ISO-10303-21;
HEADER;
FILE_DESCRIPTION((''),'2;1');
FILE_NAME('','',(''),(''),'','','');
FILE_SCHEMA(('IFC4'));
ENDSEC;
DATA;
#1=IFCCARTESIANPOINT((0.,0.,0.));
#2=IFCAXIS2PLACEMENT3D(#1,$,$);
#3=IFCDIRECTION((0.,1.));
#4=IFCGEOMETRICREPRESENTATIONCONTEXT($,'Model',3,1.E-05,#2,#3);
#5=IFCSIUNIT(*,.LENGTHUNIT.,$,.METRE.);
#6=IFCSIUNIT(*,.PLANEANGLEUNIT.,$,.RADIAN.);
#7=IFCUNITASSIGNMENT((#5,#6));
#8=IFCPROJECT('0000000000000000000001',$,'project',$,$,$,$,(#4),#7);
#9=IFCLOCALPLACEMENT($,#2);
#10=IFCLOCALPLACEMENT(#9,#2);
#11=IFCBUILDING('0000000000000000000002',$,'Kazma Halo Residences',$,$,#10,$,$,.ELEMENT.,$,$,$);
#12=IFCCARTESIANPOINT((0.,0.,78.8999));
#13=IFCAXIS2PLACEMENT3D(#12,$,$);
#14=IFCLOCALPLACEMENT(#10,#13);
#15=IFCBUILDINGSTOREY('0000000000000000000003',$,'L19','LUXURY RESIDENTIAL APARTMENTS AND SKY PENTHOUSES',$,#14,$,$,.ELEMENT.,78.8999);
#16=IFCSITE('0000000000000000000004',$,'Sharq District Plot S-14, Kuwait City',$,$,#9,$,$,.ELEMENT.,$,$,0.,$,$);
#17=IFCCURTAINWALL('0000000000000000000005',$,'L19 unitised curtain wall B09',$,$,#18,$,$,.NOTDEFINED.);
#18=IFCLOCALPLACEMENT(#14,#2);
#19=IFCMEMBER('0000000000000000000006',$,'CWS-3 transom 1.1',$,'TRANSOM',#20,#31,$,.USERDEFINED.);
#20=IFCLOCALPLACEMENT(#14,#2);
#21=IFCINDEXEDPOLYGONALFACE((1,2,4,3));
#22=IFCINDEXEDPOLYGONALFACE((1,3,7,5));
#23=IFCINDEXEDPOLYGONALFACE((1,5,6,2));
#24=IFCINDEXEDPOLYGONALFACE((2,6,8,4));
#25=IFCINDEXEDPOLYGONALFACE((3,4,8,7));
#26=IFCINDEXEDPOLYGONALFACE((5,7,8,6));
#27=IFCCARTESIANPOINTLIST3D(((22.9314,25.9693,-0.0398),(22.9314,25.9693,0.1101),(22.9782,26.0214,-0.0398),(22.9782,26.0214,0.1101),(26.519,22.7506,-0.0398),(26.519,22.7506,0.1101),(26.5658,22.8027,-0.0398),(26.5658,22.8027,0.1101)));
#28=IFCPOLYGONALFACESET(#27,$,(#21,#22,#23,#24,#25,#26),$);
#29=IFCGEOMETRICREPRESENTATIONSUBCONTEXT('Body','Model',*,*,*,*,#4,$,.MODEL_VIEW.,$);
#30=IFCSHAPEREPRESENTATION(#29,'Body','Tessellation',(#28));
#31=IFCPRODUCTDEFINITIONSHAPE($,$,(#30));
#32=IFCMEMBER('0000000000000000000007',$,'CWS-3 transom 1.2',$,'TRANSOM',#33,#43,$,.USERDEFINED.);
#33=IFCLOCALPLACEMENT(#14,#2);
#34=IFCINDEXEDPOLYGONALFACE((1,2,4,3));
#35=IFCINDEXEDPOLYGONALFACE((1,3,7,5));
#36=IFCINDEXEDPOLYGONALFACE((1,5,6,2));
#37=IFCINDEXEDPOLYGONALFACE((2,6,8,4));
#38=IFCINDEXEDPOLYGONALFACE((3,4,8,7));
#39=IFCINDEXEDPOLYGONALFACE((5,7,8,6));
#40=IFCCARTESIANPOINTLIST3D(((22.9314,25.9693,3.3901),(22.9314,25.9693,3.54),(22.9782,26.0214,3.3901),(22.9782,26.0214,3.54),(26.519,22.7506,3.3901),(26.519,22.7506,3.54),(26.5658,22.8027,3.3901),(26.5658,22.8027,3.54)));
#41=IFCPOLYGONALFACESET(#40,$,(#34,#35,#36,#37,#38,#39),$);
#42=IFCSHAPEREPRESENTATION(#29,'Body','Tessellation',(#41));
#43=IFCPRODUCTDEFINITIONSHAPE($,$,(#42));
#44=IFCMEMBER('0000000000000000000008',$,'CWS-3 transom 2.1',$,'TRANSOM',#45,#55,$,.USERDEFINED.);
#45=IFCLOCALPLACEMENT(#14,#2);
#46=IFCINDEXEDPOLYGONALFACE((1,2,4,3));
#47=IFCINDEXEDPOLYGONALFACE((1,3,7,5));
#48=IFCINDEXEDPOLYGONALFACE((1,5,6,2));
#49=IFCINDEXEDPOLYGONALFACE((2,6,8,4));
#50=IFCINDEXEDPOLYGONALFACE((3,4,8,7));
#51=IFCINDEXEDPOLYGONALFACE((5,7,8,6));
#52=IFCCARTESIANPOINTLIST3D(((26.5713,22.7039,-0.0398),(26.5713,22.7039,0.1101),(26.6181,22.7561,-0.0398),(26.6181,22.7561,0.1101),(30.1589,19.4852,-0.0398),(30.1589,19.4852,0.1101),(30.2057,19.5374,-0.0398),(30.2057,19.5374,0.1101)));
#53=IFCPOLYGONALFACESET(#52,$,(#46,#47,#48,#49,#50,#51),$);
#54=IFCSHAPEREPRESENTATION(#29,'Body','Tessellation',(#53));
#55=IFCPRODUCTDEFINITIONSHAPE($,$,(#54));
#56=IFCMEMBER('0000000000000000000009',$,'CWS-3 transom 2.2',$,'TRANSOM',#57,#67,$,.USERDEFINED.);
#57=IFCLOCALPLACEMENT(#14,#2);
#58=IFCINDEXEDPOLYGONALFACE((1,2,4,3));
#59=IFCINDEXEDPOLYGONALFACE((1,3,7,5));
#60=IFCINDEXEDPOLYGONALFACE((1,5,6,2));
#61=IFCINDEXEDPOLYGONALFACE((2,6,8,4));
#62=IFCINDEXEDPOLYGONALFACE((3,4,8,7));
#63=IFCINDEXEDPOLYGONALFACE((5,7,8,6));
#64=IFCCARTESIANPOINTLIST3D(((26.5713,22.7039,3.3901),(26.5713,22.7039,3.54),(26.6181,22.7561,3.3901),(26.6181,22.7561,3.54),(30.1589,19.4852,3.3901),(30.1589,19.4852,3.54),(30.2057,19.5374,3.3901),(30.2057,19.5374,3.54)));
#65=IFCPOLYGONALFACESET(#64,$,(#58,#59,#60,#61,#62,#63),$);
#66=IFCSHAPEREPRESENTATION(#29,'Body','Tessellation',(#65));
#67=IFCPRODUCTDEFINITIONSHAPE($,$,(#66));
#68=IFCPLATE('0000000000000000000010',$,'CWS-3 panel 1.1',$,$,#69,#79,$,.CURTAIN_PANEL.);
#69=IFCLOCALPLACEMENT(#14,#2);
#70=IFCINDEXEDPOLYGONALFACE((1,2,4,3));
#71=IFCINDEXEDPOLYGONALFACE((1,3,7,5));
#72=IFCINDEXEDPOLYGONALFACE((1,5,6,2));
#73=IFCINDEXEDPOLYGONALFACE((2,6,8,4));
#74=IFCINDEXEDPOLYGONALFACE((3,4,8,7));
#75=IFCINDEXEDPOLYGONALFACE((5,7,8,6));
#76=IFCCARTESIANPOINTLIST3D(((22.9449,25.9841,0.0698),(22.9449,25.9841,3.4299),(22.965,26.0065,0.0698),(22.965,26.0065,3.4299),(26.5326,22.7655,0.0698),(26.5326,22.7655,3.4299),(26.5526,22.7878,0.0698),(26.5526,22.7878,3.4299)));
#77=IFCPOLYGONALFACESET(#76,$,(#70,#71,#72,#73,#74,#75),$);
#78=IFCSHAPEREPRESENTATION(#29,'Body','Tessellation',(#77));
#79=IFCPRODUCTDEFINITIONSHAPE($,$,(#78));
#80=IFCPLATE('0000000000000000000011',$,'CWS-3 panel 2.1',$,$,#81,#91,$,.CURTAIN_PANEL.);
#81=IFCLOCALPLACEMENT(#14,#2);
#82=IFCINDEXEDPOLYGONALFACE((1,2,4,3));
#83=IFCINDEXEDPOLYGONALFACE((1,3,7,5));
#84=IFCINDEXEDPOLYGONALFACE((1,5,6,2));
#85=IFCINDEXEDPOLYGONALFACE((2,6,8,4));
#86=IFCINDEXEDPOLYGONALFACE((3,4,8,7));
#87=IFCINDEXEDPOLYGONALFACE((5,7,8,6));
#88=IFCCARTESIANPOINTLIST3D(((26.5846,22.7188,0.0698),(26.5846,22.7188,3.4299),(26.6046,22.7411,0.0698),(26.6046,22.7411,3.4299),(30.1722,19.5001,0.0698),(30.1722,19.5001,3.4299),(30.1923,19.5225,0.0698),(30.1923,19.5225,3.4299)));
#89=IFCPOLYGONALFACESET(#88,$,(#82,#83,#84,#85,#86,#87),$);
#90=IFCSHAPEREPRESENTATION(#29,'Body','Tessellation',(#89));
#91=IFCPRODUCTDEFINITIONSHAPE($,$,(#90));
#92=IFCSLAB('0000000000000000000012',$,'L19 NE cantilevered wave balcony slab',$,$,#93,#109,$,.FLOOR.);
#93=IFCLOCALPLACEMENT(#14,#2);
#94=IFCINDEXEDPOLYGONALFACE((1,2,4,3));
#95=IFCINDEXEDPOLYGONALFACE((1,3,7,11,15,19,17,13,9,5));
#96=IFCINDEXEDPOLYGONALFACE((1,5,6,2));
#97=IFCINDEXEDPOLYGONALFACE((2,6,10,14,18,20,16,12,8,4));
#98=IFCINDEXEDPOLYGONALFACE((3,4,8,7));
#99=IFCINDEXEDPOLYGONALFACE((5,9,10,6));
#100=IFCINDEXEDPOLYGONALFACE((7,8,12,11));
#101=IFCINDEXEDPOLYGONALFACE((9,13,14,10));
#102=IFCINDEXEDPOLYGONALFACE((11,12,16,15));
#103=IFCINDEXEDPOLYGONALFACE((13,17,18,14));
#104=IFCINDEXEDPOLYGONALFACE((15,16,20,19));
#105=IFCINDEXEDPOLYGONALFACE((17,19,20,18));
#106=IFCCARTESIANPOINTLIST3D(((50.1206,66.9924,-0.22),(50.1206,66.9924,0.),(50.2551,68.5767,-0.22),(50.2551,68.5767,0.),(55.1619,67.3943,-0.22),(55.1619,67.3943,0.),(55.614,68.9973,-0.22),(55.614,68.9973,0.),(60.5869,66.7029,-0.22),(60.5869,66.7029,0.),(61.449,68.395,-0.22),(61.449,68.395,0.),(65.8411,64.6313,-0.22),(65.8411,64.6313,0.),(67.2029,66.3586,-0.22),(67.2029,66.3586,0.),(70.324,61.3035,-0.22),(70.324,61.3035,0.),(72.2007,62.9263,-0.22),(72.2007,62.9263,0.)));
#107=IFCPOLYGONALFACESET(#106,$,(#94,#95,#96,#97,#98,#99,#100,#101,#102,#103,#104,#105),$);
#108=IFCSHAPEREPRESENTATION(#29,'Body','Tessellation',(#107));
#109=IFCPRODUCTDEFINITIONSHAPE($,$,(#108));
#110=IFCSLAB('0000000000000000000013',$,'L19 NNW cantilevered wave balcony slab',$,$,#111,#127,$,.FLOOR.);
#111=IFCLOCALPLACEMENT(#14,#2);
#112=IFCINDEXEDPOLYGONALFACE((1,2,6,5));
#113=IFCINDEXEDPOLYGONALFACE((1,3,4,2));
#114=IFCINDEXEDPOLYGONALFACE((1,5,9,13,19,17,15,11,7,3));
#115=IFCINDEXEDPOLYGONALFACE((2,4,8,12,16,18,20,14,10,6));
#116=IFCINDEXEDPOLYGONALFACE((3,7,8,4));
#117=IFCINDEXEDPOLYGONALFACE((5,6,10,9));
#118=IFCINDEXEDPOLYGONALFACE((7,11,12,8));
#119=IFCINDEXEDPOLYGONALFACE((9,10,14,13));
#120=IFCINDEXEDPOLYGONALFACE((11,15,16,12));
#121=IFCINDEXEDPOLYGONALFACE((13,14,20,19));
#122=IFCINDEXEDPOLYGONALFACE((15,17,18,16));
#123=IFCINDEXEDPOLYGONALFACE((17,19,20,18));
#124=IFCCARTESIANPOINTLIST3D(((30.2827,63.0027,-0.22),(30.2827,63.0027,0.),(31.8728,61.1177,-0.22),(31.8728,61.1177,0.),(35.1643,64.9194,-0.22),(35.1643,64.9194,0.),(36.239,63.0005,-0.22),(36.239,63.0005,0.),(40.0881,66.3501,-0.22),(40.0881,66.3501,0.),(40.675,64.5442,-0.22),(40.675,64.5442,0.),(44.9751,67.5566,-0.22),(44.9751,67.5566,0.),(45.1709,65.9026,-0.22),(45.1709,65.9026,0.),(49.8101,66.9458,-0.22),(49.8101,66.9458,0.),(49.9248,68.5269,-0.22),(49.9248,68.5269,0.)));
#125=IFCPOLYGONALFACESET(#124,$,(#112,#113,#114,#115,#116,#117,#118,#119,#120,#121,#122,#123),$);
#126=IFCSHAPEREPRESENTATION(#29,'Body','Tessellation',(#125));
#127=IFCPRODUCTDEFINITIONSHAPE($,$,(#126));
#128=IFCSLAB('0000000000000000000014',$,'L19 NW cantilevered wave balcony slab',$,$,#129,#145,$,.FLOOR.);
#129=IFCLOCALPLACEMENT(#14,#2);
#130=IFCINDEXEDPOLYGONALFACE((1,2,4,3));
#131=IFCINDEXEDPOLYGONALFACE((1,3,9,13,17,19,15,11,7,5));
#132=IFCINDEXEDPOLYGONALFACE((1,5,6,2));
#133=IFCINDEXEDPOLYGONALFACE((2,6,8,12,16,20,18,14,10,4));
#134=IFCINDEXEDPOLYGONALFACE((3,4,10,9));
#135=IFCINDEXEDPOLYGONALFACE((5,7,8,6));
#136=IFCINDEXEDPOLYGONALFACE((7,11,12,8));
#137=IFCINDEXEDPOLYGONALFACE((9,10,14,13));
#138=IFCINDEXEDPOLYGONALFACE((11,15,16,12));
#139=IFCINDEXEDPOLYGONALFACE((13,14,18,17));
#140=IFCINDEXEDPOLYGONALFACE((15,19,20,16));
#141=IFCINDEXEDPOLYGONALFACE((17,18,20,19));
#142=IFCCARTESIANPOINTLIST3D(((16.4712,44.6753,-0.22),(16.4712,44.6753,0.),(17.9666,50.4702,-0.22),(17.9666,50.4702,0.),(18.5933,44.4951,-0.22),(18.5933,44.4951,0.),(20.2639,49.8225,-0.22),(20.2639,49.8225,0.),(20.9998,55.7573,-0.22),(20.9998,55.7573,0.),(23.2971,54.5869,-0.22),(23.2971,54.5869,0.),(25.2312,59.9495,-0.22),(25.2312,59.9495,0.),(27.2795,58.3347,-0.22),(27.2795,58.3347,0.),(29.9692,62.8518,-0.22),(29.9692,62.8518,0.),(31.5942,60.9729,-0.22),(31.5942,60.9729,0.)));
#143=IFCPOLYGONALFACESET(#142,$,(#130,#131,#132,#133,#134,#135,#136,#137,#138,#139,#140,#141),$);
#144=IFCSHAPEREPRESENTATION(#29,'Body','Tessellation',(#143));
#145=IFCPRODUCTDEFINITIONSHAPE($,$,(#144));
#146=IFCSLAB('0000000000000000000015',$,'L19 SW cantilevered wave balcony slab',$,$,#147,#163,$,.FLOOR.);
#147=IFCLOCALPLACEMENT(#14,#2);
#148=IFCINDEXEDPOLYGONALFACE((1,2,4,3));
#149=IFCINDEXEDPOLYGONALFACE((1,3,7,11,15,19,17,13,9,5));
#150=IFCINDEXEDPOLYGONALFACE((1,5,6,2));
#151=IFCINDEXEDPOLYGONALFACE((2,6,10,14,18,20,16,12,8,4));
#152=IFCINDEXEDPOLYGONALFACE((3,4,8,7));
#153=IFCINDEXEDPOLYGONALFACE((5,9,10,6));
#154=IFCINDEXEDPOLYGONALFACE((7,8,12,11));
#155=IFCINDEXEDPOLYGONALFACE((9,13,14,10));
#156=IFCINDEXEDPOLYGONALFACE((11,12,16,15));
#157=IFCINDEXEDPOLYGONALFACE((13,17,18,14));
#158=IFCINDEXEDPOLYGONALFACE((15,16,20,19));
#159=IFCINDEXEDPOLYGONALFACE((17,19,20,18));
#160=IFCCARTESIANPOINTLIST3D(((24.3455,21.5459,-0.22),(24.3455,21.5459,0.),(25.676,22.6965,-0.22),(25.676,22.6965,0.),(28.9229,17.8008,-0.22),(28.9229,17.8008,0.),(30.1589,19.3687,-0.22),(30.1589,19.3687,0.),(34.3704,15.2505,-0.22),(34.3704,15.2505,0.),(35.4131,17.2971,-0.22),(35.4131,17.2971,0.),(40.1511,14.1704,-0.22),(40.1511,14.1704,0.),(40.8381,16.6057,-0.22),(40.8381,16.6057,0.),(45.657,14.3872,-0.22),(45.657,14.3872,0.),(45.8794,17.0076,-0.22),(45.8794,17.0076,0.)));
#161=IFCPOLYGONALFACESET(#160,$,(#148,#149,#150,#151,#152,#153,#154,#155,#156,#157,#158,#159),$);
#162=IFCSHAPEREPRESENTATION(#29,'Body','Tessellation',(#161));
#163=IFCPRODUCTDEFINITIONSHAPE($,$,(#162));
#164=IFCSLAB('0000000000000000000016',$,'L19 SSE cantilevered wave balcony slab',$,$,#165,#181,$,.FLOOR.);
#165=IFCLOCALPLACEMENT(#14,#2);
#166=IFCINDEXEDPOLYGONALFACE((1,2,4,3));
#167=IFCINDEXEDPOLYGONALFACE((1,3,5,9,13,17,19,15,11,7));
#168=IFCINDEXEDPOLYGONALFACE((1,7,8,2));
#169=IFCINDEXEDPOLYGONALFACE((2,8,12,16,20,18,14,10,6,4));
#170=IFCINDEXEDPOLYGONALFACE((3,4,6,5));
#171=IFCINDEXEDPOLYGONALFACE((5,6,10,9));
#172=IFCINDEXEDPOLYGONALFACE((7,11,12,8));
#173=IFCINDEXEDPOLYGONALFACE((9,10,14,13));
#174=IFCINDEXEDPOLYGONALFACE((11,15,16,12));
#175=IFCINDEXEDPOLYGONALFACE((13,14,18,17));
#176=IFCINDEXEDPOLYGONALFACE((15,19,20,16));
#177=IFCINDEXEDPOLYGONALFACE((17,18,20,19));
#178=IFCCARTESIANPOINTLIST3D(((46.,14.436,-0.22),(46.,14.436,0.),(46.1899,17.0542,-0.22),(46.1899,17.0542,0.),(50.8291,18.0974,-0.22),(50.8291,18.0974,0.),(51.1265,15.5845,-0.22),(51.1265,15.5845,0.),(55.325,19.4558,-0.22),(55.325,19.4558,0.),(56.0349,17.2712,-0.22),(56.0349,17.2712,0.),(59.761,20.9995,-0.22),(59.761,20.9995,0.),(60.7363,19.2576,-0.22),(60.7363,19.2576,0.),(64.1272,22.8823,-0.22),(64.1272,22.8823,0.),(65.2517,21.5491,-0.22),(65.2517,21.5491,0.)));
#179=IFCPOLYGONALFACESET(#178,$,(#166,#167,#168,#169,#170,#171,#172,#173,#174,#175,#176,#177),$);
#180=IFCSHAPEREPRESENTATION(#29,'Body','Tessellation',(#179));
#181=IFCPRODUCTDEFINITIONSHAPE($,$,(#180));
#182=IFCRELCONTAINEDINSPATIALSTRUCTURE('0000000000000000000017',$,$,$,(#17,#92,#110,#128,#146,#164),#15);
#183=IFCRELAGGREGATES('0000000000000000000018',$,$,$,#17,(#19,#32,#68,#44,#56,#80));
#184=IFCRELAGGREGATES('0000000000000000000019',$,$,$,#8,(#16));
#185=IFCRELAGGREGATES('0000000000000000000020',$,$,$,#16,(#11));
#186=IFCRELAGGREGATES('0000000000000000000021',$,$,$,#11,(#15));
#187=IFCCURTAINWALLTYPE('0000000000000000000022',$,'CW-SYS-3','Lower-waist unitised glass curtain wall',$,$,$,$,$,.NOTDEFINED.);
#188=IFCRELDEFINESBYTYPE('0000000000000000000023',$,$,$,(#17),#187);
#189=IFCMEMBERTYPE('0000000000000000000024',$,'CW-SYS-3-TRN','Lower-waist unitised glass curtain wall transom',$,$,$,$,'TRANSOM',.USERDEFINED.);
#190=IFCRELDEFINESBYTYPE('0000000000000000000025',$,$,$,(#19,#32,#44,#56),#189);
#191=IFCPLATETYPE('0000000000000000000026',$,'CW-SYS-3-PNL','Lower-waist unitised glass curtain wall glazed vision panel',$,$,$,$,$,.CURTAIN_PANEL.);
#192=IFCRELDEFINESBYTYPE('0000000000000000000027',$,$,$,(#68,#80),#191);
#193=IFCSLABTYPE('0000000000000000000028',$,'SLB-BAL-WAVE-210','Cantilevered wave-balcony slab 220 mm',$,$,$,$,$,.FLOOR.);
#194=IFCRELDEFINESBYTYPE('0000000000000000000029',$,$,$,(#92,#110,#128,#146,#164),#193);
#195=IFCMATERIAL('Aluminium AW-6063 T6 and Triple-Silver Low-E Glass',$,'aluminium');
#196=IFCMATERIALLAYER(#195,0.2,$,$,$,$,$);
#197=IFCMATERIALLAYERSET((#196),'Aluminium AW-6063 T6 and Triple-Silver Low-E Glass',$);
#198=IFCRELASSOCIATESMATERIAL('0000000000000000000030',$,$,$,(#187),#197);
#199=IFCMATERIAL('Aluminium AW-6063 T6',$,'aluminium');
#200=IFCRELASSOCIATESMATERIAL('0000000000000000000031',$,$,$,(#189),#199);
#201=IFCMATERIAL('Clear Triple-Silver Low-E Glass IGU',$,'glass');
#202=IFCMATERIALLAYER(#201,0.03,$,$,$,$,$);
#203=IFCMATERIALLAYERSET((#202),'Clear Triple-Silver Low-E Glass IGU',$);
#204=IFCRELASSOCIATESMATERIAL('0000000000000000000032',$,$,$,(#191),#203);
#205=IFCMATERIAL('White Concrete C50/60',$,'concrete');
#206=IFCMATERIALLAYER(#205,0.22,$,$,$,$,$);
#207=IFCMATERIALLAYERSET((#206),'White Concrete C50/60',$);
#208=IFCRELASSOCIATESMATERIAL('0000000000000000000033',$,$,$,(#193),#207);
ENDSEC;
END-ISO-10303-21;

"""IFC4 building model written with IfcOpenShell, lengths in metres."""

from ifc_helpers import new_model, si_unit, direction, frame, origin, origin_2d, place, context, subcontext, project, spatial, polyline, rectangle, outline, extrude, material, layer, layer_set, material_profile, profile_set, type_object, element, aggregate, save


model = new_model("IFC4")

# Units and contexts
model_context = context("Model", 3, precision=1e-05, world=origin(), true_north=direction((0.0, 1.0)))
body_context = subcontext(model_context, "Body", "Model", "MODEL_VIEW")
ifc_project = project(units=[si_unit("LENGTHUNIT", "METRE"), si_unit("PLANEANGLEUNIT", "RADIAN")], contexts=[model_context])

# Site, building, storey
site_placement = place(None, origin())
site = spatial("IfcSite", under=ifc_project, at=site_placement, Name="Sharq District Plot S-14, Kuwait City", CompositionType="ELEMENT", RefElevation=0.0)
building_placement = place(site_placement, origin())
building = spatial("IfcBuilding", under=site, at=building_placement, Name="Kazma Halo Residences", CompositionType="ELEMENT")
storey_placement = place(building_placement, frame((0.0, 0.0, 78.8999)))
storey = spatial("IfcBuildingStorey", under=building, at=storey_placement, Name="L19", Description="LUXURY RESIDENTIAL APARTMENTS AND SKY PENTHOUSES", CompositionType="ELEMENT", Elevation=78.8999)

# Curtain wall, members, plates
ifc_material_1 = material(Name="Aluminium AW-6063 T6 and Triple-Silver Low-E Glass", Category="aluminium")
ifc_layer_1 = layer(ifc_material_1, 0.2)
ifc_layer_set_1 = layer_set([ifc_layer_1], Name="Aluminium AW-6063 T6 and Triple-Silver Low-E Glass")
curtain_wall_type = type_object("IfcCurtainWallType", Name="CW-SYS-3", Description="Lower-waist unitised glass curtain wall", PredefinedType="NOTDEFINED", material=ifc_layer_set_1)
curtain_wall_placement = place(storey_placement, origin())
curtain_wall = element("IfcCurtainWall", 1, at=curtain_wall_placement, inside=storey, type_object=curtain_wall_type, Name="L19 unitised curtain wall B09", PredefinedType="NOTDEFINED")
ifc_material_2 = material(Name="Aluminium AW-6063 T6", Category="aluminium")
ifc_material_profile_1 = material_profile(ifc_material_2, rectangle(XDim=0.0701, YDim=0.1499, at=origin_2d()), Name="CWT-70x150")
ifc_profile_set_1 = profile_set([ifc_material_profile_1], Name="Aluminium AW-6063 T6")
member_type_1 = type_object("IfcMemberType", Name="CW-SYS-3-TRN", Description="Lower-waist unitised glass curtain wall transom", ElementType="TRANSOM", PredefinedType="USERDEFINED", material=ifc_profile_set_1)
member_1_placement = place(storey_placement, frame((22.9548, 25.9954, 0.0352), z_axis=(0.744338, -0.667803, 0.0), x_axis=(0.667803, 0.744338, 0.0)))
member_1 = element("IfcMember", 2, at=member_1_placement, type_object=member_type_1, Name="CWS-3 transom 1.1", ObjectType="TRANSOM", PredefinedType="USERDEFINED", context=body_context, shape_type="SweptSolid", body=[
    extrude(rectangle(XDim=0.0701, YDim=0.1499, at=origin_2d()), origin(), (0.0, 0.0, 1.0), 4.8198),
])
member_2_placement = place(storey_placement, frame((22.9548, 25.9954, 3.4651), z_axis=(0.744338, -0.667803, 0.0), x_axis=(0.667803, 0.744338, 0.0)))
member_2 = element("IfcMember", 3, at=member_2_placement, type_object=member_type_1, Name="CWS-3 transom 1.2", ObjectType="TRANSOM", PredefinedType="USERDEFINED", context=body_context, shape_type="SweptSolid", body=[
    extrude(rectangle(XDim=0.0701, YDim=0.1499, at=origin_2d()), origin(), (0.0, 0.0, 1.0), 4.8198),
])
member_3_placement = place(storey_placement, frame((26.5947, 22.73, 0.0352), z_axis=(0.744338, -0.667803, 0.0), x_axis=(0.667803, 0.744338, 0.0)))
member_3 = element("IfcMember", 4, at=member_3_placement, type_object=member_type_1, Name="CWS-3 transom 2.1", ObjectType="TRANSOM", PredefinedType="USERDEFINED", context=body_context, shape_type="SweptSolid", body=[
    extrude(rectangle(XDim=0.0701, YDim=0.1499, at=origin_2d()), origin(), (0.0, 0.0, 1.0), 4.8198),
])
member_4_placement = place(storey_placement, frame((26.5947, 22.73, 3.4651), z_axis=(0.744338, -0.667803, 0.0), x_axis=(0.667803, 0.744338, 0.0)))
member_4 = element("IfcMember", 5, at=member_4_placement, type_object=member_type_1, Name="CWS-3 transom 2.2", ObjectType="TRANSOM", PredefinedType="USERDEFINED", context=body_context, shape_type="SweptSolid", body=[
    extrude(rectangle(XDim=0.0701, YDim=0.1499, at=origin_2d()), origin(), (0.0, 0.0, 1.0), 4.8198),
])
ifc_material_3 = material(Name="Clear Triple-Silver Low-E Glass IGU", Category="glass")
ifc_layer_2 = layer(ifc_material_3, 0.03)
ifc_layer_set_2 = layer_set([ifc_layer_2], Name="Clear Triple-Silver Low-E Glass IGU")
plate_type = type_object("IfcPlateType", Name="CW-SYS-3-PNL", Description="Lower-waist unitised glass curtain wall glazed vision panel", PredefinedType="CURTAIN_PANEL", material=ifc_layer_set_2)
plate_1_placement = place(storey_placement, frame((24.7488, 24.386, 0.0698), z_axis=(0.0, 0.0, 1.0), x_axis=(0.744345, -0.667795, 0.0)))
plate_1 = element("IfcPlate", 6, at=plate_1_placement, type_object=plate_type, Name="CWS-3 panel 1.1", PredefinedType="CURTAIN_PANEL", context=body_context, shape_type="SweptSolid", body=[
    extrude(rectangle(XDim=4.8198, YDim=0.03, at=origin_2d()), origin(), (0.0, 0.0, 1.0), 3.3601),
])
plate_2_placement = place(storey_placement, frame((28.3884, 21.1206, 0.0698), z_axis=(0.0, 0.0, 1.0), x_axis=(0.744345, -0.667795, 0.0)))
plate_2 = element("IfcPlate", 7, at=plate_2_placement, type_object=plate_type, Name="CWS-3 panel 2.1", PredefinedType="CURTAIN_PANEL", context=body_context, shape_type="SweptSolid", body=[
    extrude(rectangle(XDim=4.8198, YDim=0.03, at=origin_2d()), origin(), (0.0, 0.0, 1.0), 3.3601),
])
aggregate(curtain_wall, [member_1, member_2, plate_1, member_3, member_4, plate_2])

# Slabs
ifc_material_4 = material(Name="White Concrete C50/60", Category="concrete")
ifc_layer_3 = layer(ifc_material_4, 0.22)
ifc_layer_set_3 = layer_set([ifc_layer_3], Name="White Concrete C50/60")
slab_type_1 = type_object("IfcSlabType", Name="SLB-BAL-WAVE-210", Description="Cantilevered wave-balcony slab 220 mm", PredefinedType="FLOOR", material=ifc_layer_set_3)
slab_1_placement = place(storey_placement, frame((0.0, 0.0, -0.22)))
element("IfcSlab", 8, at=slab_1_placement, inside=storey, type_object=slab_type_1, Name="L19 NE cantilevered wave balcony slab", PredefinedType="FLOOR", context=body_context, shape_type="SweptSolid", body=[
    extrude(outline(polyline([(70.324, 61.3035), (65.8411, 64.6313), (60.5869, 66.7029), (55.1619, 67.3943), (50.1206, 66.9924), (50.2551, 68.5767), (55.614, 68.9973), (61.449, 68.395), (67.2029, 66.3586), (72.2007, 62.9263), (70.324, 61.3035)])), origin(), (0.0, 0.0, 1.0), 0.22),
])
slab_2_placement = place(storey_placement, frame((0.0, 0.0, -0.22)))
element("IfcSlab", 9, at=slab_2_placement, inside=storey, type_object=slab_type_1, Name="L19 NNW cantilevered wave balcony slab", PredefinedType="FLOOR", context=body_context, shape_type="SweptSolid", body=[
    extrude(outline(polyline([(49.8101, 66.9458), (45.1709, 65.9026), (40.675, 64.5442), (36.239, 63.0005), (31.8728, 61.1177), (30.2827, 63.0027), (35.1643, 64.9194), (40.0881, 66.3501), (44.9751, 67.5566), (49.9248, 68.5269), (49.8101, 66.9458)])), origin(), (0.0, 0.0, 1.0), 0.22),
])
slab_3_placement = place(storey_placement, frame((0.0, 0.0, -0.22)))
element("IfcSlab", 10, at=slab_3_placement, inside=storey, type_object=slab_type_1, Name="L19 NW cantilevered wave balcony slab", PredefinedType="FLOOR", context=body_context, shape_type="SweptSolid", body=[
    extrude(outline(polyline([(31.5942, 60.9729), (27.2795, 58.3347), (23.2971, 54.5869), (20.2639, 49.8225), (18.5933, 44.4951), (16.4712, 44.6753), (17.9666, 50.4702), (20.9998, 55.7573), (25.2312, 59.9495), (29.9692, 62.8518), (31.5942, 60.9729)])), origin(), (0.0, 0.0, 1.0), 0.22),
])
slab_4_placement = place(storey_placement, frame((0.0, 0.0, -0.22)))
element("IfcSlab", 11, at=slab_4_placement, inside=storey, type_object=slab_type_1, Name="L19 SW cantilevered wave balcony slab", PredefinedType="FLOOR", context=body_context, shape_type="SweptSolid", body=[
    extrude(outline(polyline([(25.676, 22.6965), (30.1589, 19.3687), (35.4131, 17.2971), (40.8381, 16.6057), (45.8794, 17.0076), (45.657, 14.3872), (40.1511, 14.1704), (34.3704, 15.2505), (28.9229, 17.8008), (24.3455, 21.5459), (25.676, 22.6965)])), origin(), (0.0, 0.0, 1.0), 0.22),
])
slab_5_placement = place(storey_placement, frame((0.0, 0.0, -0.22)))
element("IfcSlab", 12, at=slab_5_placement, inside=storey, type_object=slab_type_1, Name="L19 SSE cantilevered wave balcony slab", PredefinedType="FLOOR", context=body_context, shape_type="SweptSolid", body=[
    extrude(outline(polyline([(46.1899, 17.0542), (50.8291, 18.0974), (55.325, 19.4558), (59.761, 20.9995), (64.1272, 22.8823), (65.2517, 21.5491), (60.7363, 19.2576), (56.0349, 17.2712), (51.1265, 15.5845), (46.0, 14.436), (46.1899, 17.0542)])), origin(), (0.0, 0.0, 1.0), 0.22),
])

save(model, "model.ifc")
